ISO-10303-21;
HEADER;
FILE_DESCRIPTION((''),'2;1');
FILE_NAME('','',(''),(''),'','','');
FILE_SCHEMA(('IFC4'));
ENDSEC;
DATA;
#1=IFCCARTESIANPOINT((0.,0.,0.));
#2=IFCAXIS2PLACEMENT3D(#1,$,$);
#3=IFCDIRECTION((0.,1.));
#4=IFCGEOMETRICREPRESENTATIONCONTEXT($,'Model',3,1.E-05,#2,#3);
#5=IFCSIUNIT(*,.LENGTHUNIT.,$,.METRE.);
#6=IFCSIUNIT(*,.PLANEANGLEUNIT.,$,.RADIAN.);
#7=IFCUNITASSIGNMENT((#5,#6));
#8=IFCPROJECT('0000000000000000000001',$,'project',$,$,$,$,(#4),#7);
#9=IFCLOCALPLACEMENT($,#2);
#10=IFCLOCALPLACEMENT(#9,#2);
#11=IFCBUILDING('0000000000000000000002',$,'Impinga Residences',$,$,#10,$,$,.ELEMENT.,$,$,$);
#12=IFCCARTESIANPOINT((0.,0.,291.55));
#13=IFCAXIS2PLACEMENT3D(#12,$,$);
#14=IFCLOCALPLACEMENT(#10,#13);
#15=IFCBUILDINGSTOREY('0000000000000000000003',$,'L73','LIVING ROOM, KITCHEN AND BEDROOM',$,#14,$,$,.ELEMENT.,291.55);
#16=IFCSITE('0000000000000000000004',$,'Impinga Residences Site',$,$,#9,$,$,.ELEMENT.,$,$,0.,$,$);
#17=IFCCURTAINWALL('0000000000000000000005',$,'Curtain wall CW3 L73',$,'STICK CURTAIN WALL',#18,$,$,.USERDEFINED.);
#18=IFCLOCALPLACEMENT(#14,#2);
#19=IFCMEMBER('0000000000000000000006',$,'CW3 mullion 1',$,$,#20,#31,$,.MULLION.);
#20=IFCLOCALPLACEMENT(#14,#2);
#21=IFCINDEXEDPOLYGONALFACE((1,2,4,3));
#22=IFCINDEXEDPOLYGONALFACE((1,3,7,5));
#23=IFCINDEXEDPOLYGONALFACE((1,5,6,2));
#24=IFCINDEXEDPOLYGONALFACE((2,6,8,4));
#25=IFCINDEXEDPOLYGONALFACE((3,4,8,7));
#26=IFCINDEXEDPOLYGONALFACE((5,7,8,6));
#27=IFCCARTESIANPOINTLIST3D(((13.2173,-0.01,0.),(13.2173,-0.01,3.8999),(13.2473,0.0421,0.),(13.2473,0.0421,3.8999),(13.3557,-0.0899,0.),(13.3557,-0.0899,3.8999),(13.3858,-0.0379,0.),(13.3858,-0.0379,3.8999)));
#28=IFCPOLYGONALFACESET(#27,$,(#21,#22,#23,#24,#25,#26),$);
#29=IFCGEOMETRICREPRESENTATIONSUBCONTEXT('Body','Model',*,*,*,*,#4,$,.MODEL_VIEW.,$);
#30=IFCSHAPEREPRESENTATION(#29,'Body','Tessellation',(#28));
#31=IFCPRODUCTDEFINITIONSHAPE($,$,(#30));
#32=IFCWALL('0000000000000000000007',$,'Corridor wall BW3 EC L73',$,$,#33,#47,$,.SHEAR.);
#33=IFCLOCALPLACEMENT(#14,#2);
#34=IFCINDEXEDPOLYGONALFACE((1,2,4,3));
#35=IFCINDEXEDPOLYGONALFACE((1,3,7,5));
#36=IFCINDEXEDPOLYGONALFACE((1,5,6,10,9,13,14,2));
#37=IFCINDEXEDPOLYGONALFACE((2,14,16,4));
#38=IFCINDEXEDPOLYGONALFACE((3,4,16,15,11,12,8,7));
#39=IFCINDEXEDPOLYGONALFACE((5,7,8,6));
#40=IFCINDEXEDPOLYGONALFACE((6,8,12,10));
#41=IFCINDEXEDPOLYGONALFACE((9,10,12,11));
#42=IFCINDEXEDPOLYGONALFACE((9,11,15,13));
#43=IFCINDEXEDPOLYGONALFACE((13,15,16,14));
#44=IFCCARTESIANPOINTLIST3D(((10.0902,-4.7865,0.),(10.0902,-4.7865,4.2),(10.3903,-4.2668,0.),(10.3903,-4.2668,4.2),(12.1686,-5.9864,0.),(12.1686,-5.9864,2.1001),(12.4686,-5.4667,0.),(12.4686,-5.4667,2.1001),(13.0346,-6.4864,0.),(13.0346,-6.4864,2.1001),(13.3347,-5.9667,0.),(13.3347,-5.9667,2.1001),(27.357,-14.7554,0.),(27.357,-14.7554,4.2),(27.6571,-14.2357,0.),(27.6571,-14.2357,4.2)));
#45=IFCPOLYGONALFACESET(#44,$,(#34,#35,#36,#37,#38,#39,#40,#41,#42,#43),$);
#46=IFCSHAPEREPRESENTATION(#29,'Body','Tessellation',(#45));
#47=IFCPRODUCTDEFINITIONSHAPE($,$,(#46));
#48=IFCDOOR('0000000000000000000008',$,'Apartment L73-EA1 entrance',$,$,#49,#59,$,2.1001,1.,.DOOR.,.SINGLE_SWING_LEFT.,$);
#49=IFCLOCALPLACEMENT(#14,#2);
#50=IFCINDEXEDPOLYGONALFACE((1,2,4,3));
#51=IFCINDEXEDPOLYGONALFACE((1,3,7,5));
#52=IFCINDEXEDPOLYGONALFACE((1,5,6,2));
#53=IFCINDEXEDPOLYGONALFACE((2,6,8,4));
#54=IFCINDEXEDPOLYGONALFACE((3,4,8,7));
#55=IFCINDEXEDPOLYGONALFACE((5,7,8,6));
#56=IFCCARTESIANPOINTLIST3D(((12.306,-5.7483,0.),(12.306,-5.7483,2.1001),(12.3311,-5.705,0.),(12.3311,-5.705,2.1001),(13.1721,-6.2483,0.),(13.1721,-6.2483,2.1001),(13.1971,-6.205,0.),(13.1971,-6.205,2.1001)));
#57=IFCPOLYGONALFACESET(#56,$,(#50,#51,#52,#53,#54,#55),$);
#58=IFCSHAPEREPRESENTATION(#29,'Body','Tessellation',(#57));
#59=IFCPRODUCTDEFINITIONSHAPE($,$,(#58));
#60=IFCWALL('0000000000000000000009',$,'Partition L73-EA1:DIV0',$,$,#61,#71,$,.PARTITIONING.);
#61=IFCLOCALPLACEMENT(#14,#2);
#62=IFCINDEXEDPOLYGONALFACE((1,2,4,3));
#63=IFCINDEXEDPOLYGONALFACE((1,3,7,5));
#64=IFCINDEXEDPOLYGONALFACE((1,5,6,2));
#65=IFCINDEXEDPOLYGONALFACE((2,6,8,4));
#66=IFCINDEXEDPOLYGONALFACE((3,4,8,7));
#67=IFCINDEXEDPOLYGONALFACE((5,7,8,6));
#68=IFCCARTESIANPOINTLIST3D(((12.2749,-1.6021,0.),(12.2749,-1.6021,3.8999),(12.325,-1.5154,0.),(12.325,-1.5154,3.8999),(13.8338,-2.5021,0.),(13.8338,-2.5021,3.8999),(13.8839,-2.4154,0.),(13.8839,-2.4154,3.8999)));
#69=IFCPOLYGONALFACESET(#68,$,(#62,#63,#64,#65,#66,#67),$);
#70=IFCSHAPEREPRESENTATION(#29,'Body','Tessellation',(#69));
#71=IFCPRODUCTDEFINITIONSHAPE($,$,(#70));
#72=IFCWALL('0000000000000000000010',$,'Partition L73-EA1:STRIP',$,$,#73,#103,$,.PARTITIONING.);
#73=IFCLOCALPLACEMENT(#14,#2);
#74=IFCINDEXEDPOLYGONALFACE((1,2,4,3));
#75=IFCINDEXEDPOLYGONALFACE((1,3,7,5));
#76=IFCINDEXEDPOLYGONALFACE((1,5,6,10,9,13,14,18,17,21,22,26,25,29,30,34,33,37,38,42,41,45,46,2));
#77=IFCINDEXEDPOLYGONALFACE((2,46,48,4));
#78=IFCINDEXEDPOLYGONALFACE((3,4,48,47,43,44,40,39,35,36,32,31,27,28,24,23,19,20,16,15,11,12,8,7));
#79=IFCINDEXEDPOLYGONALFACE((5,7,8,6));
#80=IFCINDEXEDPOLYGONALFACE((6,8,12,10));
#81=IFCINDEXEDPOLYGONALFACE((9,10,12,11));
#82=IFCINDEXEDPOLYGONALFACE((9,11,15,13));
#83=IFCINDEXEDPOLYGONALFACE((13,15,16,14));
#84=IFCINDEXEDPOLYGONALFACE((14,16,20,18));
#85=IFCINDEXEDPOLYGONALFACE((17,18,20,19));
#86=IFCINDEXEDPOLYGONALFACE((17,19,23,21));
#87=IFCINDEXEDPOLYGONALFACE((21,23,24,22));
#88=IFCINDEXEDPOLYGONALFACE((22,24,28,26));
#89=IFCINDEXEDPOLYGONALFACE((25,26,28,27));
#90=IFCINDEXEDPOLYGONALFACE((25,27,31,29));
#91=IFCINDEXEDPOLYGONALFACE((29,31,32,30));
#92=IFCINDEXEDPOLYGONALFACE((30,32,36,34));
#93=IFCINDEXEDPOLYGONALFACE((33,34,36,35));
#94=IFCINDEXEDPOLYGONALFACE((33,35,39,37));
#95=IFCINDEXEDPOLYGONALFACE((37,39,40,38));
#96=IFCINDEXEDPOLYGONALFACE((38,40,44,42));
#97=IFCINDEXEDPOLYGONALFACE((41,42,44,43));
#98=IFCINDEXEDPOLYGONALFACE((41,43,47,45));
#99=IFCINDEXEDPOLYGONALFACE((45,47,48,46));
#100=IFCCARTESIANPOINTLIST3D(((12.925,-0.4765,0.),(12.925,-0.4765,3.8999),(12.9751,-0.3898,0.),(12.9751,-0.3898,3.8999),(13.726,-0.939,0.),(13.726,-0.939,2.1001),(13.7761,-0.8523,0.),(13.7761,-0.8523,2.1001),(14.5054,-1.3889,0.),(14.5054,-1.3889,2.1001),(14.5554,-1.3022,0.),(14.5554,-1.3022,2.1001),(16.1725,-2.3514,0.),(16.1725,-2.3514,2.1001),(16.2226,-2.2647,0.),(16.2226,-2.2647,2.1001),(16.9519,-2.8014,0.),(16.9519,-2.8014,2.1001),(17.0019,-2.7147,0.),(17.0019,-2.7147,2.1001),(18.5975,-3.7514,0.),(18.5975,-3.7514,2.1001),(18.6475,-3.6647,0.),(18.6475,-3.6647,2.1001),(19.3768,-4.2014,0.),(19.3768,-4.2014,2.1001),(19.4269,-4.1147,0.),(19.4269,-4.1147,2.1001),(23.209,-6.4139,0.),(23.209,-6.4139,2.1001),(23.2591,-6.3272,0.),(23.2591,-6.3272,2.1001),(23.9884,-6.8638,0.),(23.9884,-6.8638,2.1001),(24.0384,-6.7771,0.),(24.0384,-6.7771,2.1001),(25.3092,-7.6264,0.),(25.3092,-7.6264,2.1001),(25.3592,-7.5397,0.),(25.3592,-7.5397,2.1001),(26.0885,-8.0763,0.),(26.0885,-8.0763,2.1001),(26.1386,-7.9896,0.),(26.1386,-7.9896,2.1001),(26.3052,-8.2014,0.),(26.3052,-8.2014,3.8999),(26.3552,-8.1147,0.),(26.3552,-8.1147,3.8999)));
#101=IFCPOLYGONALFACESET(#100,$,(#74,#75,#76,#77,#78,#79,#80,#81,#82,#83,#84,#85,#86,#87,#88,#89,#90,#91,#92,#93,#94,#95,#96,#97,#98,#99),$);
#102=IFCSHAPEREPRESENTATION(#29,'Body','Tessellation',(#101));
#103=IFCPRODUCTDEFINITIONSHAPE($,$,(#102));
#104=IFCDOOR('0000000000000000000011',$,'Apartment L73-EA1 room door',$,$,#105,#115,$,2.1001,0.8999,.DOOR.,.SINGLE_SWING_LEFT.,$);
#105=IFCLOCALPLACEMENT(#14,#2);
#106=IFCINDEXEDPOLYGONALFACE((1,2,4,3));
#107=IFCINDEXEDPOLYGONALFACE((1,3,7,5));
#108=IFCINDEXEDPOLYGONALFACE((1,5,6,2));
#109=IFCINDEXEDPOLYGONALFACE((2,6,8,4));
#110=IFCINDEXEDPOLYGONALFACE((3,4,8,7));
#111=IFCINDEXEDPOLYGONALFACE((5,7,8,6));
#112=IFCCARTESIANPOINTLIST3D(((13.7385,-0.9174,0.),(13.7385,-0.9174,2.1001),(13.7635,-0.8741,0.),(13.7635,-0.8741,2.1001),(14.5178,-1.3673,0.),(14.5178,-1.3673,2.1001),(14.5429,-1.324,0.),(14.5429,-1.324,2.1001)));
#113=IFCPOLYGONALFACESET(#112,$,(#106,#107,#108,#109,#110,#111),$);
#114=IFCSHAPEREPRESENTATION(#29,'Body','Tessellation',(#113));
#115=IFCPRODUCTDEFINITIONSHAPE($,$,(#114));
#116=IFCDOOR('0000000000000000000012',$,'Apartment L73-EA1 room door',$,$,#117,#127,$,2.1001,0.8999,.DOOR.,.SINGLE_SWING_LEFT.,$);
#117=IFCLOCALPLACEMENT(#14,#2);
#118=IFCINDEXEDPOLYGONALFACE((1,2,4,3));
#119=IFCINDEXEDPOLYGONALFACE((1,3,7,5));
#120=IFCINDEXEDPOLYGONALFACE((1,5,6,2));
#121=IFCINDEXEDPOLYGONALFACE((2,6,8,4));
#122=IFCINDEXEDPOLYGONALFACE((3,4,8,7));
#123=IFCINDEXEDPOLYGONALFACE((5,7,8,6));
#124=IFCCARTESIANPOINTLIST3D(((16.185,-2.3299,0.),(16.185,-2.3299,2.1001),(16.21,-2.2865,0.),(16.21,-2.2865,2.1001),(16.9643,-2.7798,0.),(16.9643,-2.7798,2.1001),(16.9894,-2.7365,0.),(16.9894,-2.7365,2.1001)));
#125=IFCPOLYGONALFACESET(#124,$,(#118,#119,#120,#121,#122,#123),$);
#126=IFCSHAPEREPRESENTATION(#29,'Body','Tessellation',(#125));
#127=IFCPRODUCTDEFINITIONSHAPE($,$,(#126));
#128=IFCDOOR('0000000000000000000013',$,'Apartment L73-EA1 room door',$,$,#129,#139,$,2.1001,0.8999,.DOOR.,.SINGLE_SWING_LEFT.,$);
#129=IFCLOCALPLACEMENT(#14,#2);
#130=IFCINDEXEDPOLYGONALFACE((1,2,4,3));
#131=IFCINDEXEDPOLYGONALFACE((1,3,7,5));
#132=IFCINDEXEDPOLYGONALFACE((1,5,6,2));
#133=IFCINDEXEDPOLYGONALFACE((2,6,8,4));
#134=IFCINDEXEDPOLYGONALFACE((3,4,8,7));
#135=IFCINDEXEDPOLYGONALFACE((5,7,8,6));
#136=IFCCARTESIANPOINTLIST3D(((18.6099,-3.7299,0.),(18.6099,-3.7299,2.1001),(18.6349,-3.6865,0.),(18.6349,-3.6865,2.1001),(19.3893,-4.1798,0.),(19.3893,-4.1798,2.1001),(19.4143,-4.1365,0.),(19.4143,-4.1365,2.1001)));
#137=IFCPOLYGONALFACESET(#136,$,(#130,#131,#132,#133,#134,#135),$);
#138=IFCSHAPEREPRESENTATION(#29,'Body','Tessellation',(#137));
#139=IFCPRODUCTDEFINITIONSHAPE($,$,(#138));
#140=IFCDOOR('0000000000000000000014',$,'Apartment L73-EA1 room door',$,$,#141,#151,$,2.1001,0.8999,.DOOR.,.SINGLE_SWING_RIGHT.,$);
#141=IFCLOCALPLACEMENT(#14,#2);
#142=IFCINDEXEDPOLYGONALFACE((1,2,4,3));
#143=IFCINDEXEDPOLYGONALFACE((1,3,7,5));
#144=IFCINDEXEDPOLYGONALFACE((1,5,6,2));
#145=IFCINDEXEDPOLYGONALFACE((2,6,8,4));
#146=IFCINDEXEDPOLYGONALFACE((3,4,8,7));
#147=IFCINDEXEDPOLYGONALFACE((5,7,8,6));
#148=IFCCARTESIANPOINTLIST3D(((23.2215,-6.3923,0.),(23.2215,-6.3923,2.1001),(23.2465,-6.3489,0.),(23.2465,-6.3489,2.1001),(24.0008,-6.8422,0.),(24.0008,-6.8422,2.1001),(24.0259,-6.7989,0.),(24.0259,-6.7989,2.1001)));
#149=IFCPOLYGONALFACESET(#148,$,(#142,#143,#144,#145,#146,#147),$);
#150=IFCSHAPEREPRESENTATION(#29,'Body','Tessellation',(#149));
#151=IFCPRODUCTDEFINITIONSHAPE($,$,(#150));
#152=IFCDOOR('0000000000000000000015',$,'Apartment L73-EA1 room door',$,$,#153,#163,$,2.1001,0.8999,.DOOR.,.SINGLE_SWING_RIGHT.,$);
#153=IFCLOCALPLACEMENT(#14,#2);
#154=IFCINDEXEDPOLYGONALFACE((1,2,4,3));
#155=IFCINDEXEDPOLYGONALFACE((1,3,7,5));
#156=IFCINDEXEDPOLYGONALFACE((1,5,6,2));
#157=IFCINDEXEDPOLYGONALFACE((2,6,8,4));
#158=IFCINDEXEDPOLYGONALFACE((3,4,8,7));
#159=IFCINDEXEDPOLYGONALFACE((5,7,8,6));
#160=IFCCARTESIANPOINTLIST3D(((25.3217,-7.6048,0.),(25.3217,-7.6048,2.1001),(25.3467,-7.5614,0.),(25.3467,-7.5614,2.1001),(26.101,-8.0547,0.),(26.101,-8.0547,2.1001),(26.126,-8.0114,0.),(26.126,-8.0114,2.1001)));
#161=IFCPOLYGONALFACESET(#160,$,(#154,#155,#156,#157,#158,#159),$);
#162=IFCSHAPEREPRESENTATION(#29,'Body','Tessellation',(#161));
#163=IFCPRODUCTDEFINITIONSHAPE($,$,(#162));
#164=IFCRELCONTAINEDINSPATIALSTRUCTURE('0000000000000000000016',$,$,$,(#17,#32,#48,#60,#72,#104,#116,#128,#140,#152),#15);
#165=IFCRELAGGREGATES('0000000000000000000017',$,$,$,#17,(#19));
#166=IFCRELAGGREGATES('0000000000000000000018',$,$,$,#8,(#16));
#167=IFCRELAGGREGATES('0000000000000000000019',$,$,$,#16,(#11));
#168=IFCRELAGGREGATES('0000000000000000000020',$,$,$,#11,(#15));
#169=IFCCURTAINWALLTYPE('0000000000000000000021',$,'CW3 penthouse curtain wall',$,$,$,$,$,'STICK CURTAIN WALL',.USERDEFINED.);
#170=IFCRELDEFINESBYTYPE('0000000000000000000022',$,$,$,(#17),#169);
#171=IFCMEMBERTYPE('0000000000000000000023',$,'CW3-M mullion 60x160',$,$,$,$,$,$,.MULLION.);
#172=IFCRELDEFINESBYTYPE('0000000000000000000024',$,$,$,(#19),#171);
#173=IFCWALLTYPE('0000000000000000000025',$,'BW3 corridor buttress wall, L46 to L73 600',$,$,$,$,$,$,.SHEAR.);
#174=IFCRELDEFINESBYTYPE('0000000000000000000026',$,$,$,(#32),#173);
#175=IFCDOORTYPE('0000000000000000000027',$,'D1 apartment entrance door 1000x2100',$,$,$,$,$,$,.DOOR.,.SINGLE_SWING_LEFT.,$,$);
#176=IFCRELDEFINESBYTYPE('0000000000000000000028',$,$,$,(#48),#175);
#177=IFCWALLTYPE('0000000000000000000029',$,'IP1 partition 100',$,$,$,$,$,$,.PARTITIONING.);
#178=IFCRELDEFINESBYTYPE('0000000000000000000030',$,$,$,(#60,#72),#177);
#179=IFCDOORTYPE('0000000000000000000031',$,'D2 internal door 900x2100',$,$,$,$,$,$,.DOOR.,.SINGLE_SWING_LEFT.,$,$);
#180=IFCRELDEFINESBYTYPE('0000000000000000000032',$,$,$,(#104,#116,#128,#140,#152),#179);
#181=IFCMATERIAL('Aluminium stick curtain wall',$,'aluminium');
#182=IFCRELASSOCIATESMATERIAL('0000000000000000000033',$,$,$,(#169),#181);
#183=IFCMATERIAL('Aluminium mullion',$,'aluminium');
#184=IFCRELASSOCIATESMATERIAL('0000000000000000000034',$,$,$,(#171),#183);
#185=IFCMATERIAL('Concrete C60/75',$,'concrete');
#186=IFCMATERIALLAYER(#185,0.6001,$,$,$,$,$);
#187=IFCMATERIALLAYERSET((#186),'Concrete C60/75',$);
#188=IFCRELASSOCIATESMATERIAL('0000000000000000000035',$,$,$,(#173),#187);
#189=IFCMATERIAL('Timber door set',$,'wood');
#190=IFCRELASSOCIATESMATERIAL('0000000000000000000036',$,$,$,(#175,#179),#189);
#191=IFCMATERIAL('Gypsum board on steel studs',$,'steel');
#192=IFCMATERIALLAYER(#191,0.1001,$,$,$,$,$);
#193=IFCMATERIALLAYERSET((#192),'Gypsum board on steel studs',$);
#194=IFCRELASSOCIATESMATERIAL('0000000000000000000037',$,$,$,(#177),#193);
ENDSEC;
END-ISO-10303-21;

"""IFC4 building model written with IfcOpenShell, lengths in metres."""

from ifc_helpers import new_model, si_unit, direction, frame, frame_2d, origin, origin_2d, place, context, subcontext, project, spatial, rectangle, extrude, material, layer, layer_set, material_profile, profile_set, type_object, element, fill, aggregate, save


model = new_model("IFC4")

# Units and contexts
model_context = context("Model", 3, precision=1e-05, world=origin(), true_north=direction((0.0, 1.0)))
body_context = subcontext(model_context, "Body", "Model", "MODEL_VIEW")
ifc_project = project(units=[si_unit("LENGTHUNIT", "METRE"), si_unit("PLANEANGLEUNIT", "RADIAN")], contexts=[model_context])

# Site, building, storey
site_placement = place(None, origin())
site = spatial("IfcSite", under=ifc_project, at=site_placement, Name="Impinga Residences Site", CompositionType="ELEMENT", RefElevation=0.0)
building_placement = place(site_placement, origin())
building = spatial("IfcBuilding", under=site, at=building_placement, Name="Impinga Residences", CompositionType="ELEMENT")
storey_placement = place(building_placement, frame((0.0, 0.0, 291.55)))
storey = spatial("IfcBuildingStorey", under=building, at=storey_placement, Name="L73", Description="LIVING ROOM, KITCHEN AND BEDROOM", CompositionType="ELEMENT", Elevation=291.55)

# Curtain wall, member
ifc_material_1 = material(Name="Aluminium stick curtain wall", Category="aluminium")
curtain_wall_type = type_object("IfcCurtainWallType", Name="CW3 penthouse curtain wall", ElementType="STICK CURTAIN WALL", PredefinedType="USERDEFINED", material=ifc_material_1)
curtain_wall_placement = place(storey_placement, origin())
curtain_wall = element("IfcCurtainWall", 1, at=curtain_wall_placement, inside=storey, type_object=curtain_wall_type, Name="Curtain wall CW3 L73", ObjectType="STICK CURTAIN WALL", PredefinedType="USERDEFINED")
ifc_material_2 = material(Name="Aluminium mullion", Category="aluminium")
ifc_material_profile = material_profile(ifc_material_2, rectangle(XDim=0.0601, YDim=0.1599, at=origin_2d()), Name="60x160 mullion")
ifc_profile_set = profile_set([ifc_material_profile], Name="Aluminium mullion")
member_type = type_object("IfcMemberType", Name="CW3-M mullion 60x160", PredefinedType="MULLION", material=ifc_profile_set)
member_placement = place(storey_placement, frame((13.3015, -0.0239, 0.0), z_axis=(0.0, 0.0, 1.0), x_axis=(0.5, 0.866025, 0.0)))
member = element("IfcMember", 2, at=member_placement, type_object=member_type, Name="CW3 mullion 1", PredefinedType="MULLION", context=body_context, shape_type="SweptSolid", body=[
    extrude(rectangle(XDim=0.0601, YDim=0.1599, at=origin_2d()), origin(), (0.0, 0.0, 1.0), 3.8999),
])
aggregate(curtain_wall, [member])

# Wall, opening, door
ifc_material_3 = material(Name="Concrete C60/75", Category="concrete")
ifc_layer_1 = layer(ifc_material_3, 0.6001)
ifc_layer_set_1 = layer_set([ifc_layer_1], Name="Concrete C60/75")
wall_type_1 = type_object("IfcWallType", Name="BW3 corridor buttress wall, L46 to L73 600", PredefinedType="SHEAR", material=ifc_layer_set_1)
wall_1_placement = place(storey_placement, frame((10.2402, -4.5266, 0.0), z_axis=(0.0, 0.0, 1.0), x_axis=(0.866026, -0.499999, 0.0)))
wall_1 = element("IfcWall", 3, at=wall_1_placement, inside=storey, type_object=wall_type_1, Name="Corridor wall BW3 EC L73", PredefinedType="SHEAR", context=body_context, shape_type="SweptSolid", body=[
    extrude(rectangle(XDim=19.938, YDim=0.6001, at=frame_2d((9.969, 0.0))), origin(), (0.0, 0.0, 1.0), 4.2),
])
opening_1_placement = place(wall_1_placement, frame((2.3999, 0.0, 0.0)))
opening_1 = element("IfcOpeningElement", 4, at=opening_1_placement, cuts=wall_1, PredefinedType="OPENING", context=body_context, shape_type="SweptSolid", body=[
    extrude(rectangle(XDim=1.0, YDim=2.1001, at=frame_2d((0.5, 1.05))), frame((0.0, 0.3101, 0.0), z_axis=(0.0, -1.0, 0.0), x_axis=(1.0, 0.0, 0.0)), (0.0, 0.0, 1.0), 0.6201),
])
ifc_material_4 = material(Name="Timber door set", Category="wood")
door_type_1 = type_object("IfcDoorType", Name="D1 apartment entrance door 1000x2100", OperationType="SINGLE_SWING_LEFT", PredefinedType="DOOR", material=ifc_material_4)
door_1_placement = place(opening_1_placement, origin())
door_1 = element("IfcDoor", 5, at=door_1_placement, inside=storey, type_object=door_type_1, Name="Apartment L73-EA1 entrance", OperationType="SINGLE_SWING_LEFT", OverallHeight=2.1001, OverallWidth=1.0, PredefinedType="DOOR", context=body_context, shape_type="SweptSolid", body=[
    extrude(rectangle(XDim=1.0, YDim=2.1001, at=frame_2d((0.5, 1.05))), frame((0.0, 0.0249, 0.0), z_axis=(0.0, -1.0, 0.0), x_axis=(1.0, 0.0, 0.0)), (0.0, 0.0, 1.0), 0.05),
])
fill(opening_1, door_1)

# Wall
ifc_material_5 = material(Name="Gypsum board on steel studs", Category="steel")
ifc_layer_2 = layer(ifc_material_5, 0.1001)
ifc_layer_set_2 = layer_set([ifc_layer_2], Name="Gypsum board on steel studs")
wall_type_2 = type_object("IfcWallType", Name="IP1 partition 100", PredefinedType="PARTITIONING", material=ifc_layer_set_2)
wall_2_placement = place(storey_placement, frame((12.3, -1.5588, 0.0), z_axis=(0.0, 0.0, 1.0), x_axis=(0.866048, -0.499961, 0.0)))
element("IfcWall", 6, at=wall_2_placement, inside=storey, type_object=wall_type_2, Name="Partition L73-EA1:DIV0", PredefinedType="PARTITIONING", context=body_context, shape_type="SweptSolid", body=[
    extrude(rectangle(XDim=1.8, YDim=0.1001, at=frame_2d((0.8999, 0.0))), origin(), (0.0, 0.0, 1.0), 3.8999),
])

# Wall, openings, doors
wall_3_placement = place(storey_placement, frame((12.95, -0.4331, 0.0), z_axis=(0.0, 0.0, 1.0), x_axis=(0.86603, -0.499992, 0.0)))
wall_3 = element("IfcWall", 7, at=wall_3_placement, inside=storey, type_object=wall_type_2, Name="Partition L73-EA1:STRIP", PredefinedType="PARTITIONING", context=body_context, shape_type="SweptSolid", body=[
    extrude(rectangle(XDim=15.45, YDim=0.1001, at=frame_2d((7.7251, 0.0))), origin(), (0.0, 0.0, 1.0), 3.8999),
])
opening_2_placement = place(wall_3_placement, frame((0.925, 0.0, 0.0)))
opening_2 = element("IfcOpeningElement", 8, at=opening_2_placement, cuts=wall_3, PredefinedType="OPENING", context=body_context, shape_type="SweptSolid", body=[
    extrude(rectangle(XDim=0.8999, YDim=2.1001, at=frame_2d((0.45, 1.05))), frame((0.0, 0.0601, 0.0), z_axis=(0.0, -1.0, 0.0), x_axis=(1.0, 0.0, 0.0)), (0.0, 0.0, 1.0), 0.1201),
])
opening_3_placement = place(wall_3_placement, frame((3.75, 0.0, 0.0)))
opening_3 = element("IfcOpeningElement", 9, at=opening_3_placement, cuts=wall_3, PredefinedType="OPENING", context=body_context, shape_type="SweptSolid", body=[
    extrude(rectangle(XDim=0.8999, YDim=2.1001, at=frame_2d((0.45, 1.05))), frame((0.0, 0.0601, 0.0), z_axis=(0.0, -1.0, 0.0), x_axis=(1.0, 0.0, 0.0)), (0.0, 0.0, 1.0), 0.1201),
])
opening_4_placement = place(wall_3_placement, frame((6.55, 0.0, 0.0)))
opening_4 = element("IfcOpeningElement", 10, at=opening_4_placement, cuts=wall_3, PredefinedType="OPENING", context=body_context, shape_type="SweptSolid", body=[
    extrude(rectangle(XDim=0.8999, YDim=2.1001, at=frame_2d((0.45, 1.05))), frame((0.0, 0.0601, 0.0), z_axis=(0.0, -1.0, 0.0), x_axis=(1.0, 0.0, 0.0)), (0.0, 0.0, 1.0), 0.1201),
])
opening_5_placement = place(wall_3_placement, frame((11.875, 0.0, 0.0)))
opening_5 = element("IfcOpeningElement", 11, at=opening_5_placement, cuts=wall_3, PredefinedType="OPENING", context=body_context, shape_type="SweptSolid", body=[
    extrude(rectangle(XDim=0.8999, YDim=2.1001, at=frame_2d((0.45, 1.05))), frame((0.0, 0.0601, 0.0), z_axis=(0.0, -1.0, 0.0), x_axis=(1.0, 0.0, 0.0)), (0.0, 0.0, 1.0), 0.1201),
])
opening_6_placement = place(wall_3_placement, frame((14.3, 0.0, 0.0)))
opening_6 = element("IfcOpeningElement", 12, at=opening_6_placement, cuts=wall_3, PredefinedType="OPENING", context=body_context, shape_type="SweptSolid", body=[
    extrude(rectangle(XDim=0.8999, YDim=2.1001, at=frame_2d((0.45, 1.05))), frame((0.0, 0.0601, 0.0), z_axis=(0.0, -1.0, 0.0), x_axis=(1.0, 0.0, 0.0)), (0.0, 0.0, 1.0), 0.1201),
])
door_type_2 = type_object("IfcDoorType", Name="D2 internal door 900x2100", OperationType="SINGLE_SWING_LEFT", PredefinedType="DOOR", material=ifc_material_4)
door_2_placement = place(opening_2_placement, origin())
door_2 = element("IfcDoor", 13, at=door_2_placement, inside=storey, type_object=door_type_2, Name="Apartment L73-EA1 room door", OperationType="SINGLE_SWING_LEFT", OverallHeight=2.1001, OverallWidth=0.8999, PredefinedType="DOOR", context=body_context, shape_type="SweptSolid", body=[
    extrude(rectangle(XDim=0.8999, YDim=2.1001, at=frame_2d((0.45, 1.05))), frame((0.0, 0.0249, 0.0), z_axis=(0.0, -1.0, 0.0), x_axis=(1.0, 0.0, 0.0)), (0.0, 0.0, 1.0), 0.05),
])
fill(opening_2, door_2)
door_3_placement = place(opening_3_placement, origin())
door_3 = element("IfcDoor", 14, at=door_3_placement, inside=storey, type_object=door_type_2, Name="Apartment L73-EA1 room door", OperationType="SINGLE_SWING_LEFT", OverallHeight=2.1001, OverallWidth=0.8999, PredefinedType="DOOR", context=body_context, shape_type="SweptSolid", body=[
    extrude(rectangle(XDim=0.8999, YDim=2.1001, at=frame_2d((0.45, 1.05))), frame((0.0, 0.0249, 0.0), z_axis=(0.0, -1.0, 0.0), x_axis=(1.0, 0.0, 0.0)), (0.0, 0.0, 1.0), 0.05),
])
fill(opening_3, door_3)
door_4_placement = place(opening_4_placement, origin())
door_4 = element("IfcDoor", 15, at=door_4_placement, inside=storey, type_object=door_type_2, Name="Apartment L73-EA1 room door", OperationType="SINGLE_SWING_LEFT", OverallHeight=2.1001, OverallWidth=0.8999, PredefinedType="DOOR", context=body_context, shape_type="SweptSolid", body=[
    extrude(rectangle(XDim=0.8999, YDim=2.1001, at=frame_2d((0.45, 1.05))), frame((0.0, 0.0249, 0.0), z_axis=(0.0, -1.0, 0.0), x_axis=(1.0, 0.0, 0.0)), (0.0, 0.0, 1.0), 0.05),
])
fill(opening_4, door_4)
door_5_placement = place(opening_5_placement, origin())
door_5 = element("IfcDoor", 16, at=door_5_placement, inside=storey, type_object=door_type_2, Name="Apartment L73-EA1 room door", OperationType="SINGLE_SWING_RIGHT", OverallHeight=2.1001, OverallWidth=0.8999, PredefinedType="DOOR", context=body_context, shape_type="SweptSolid", body=[
    extrude(rectangle(XDim=0.8999, YDim=2.1001, at=frame_2d((0.45, 1.05))), frame((0.0, 0.0249, 0.0), z_axis=(0.0, -1.0, 0.0), x_axis=(1.0, 0.0, 0.0)), (0.0, 0.0, 1.0), 0.05),
])
fill(opening_5, door_5)
door_6_placement = place(opening_6_placement, origin())
door_6 = element("IfcDoor", 17, at=door_6_placement, inside=storey, type_object=door_type_2, Name="Apartment L73-EA1 room door", OperationType="SINGLE_SWING_RIGHT", OverallHeight=2.1001, OverallWidth=0.8999, PredefinedType="DOOR", context=body_context, shape_type="SweptSolid", body=[
    extrude(rectangle(XDim=0.8999, YDim=2.1001, at=frame_2d((0.45, 1.05))), frame((0.0, 0.0249, 0.0), z_axis=(0.0, -1.0, 0.0), x_axis=(1.0, 0.0, 0.0)), (0.0, 0.0, 1.0), 0.05),
])
fill(opening_6, door_6)

save(model, "model.ifc")
